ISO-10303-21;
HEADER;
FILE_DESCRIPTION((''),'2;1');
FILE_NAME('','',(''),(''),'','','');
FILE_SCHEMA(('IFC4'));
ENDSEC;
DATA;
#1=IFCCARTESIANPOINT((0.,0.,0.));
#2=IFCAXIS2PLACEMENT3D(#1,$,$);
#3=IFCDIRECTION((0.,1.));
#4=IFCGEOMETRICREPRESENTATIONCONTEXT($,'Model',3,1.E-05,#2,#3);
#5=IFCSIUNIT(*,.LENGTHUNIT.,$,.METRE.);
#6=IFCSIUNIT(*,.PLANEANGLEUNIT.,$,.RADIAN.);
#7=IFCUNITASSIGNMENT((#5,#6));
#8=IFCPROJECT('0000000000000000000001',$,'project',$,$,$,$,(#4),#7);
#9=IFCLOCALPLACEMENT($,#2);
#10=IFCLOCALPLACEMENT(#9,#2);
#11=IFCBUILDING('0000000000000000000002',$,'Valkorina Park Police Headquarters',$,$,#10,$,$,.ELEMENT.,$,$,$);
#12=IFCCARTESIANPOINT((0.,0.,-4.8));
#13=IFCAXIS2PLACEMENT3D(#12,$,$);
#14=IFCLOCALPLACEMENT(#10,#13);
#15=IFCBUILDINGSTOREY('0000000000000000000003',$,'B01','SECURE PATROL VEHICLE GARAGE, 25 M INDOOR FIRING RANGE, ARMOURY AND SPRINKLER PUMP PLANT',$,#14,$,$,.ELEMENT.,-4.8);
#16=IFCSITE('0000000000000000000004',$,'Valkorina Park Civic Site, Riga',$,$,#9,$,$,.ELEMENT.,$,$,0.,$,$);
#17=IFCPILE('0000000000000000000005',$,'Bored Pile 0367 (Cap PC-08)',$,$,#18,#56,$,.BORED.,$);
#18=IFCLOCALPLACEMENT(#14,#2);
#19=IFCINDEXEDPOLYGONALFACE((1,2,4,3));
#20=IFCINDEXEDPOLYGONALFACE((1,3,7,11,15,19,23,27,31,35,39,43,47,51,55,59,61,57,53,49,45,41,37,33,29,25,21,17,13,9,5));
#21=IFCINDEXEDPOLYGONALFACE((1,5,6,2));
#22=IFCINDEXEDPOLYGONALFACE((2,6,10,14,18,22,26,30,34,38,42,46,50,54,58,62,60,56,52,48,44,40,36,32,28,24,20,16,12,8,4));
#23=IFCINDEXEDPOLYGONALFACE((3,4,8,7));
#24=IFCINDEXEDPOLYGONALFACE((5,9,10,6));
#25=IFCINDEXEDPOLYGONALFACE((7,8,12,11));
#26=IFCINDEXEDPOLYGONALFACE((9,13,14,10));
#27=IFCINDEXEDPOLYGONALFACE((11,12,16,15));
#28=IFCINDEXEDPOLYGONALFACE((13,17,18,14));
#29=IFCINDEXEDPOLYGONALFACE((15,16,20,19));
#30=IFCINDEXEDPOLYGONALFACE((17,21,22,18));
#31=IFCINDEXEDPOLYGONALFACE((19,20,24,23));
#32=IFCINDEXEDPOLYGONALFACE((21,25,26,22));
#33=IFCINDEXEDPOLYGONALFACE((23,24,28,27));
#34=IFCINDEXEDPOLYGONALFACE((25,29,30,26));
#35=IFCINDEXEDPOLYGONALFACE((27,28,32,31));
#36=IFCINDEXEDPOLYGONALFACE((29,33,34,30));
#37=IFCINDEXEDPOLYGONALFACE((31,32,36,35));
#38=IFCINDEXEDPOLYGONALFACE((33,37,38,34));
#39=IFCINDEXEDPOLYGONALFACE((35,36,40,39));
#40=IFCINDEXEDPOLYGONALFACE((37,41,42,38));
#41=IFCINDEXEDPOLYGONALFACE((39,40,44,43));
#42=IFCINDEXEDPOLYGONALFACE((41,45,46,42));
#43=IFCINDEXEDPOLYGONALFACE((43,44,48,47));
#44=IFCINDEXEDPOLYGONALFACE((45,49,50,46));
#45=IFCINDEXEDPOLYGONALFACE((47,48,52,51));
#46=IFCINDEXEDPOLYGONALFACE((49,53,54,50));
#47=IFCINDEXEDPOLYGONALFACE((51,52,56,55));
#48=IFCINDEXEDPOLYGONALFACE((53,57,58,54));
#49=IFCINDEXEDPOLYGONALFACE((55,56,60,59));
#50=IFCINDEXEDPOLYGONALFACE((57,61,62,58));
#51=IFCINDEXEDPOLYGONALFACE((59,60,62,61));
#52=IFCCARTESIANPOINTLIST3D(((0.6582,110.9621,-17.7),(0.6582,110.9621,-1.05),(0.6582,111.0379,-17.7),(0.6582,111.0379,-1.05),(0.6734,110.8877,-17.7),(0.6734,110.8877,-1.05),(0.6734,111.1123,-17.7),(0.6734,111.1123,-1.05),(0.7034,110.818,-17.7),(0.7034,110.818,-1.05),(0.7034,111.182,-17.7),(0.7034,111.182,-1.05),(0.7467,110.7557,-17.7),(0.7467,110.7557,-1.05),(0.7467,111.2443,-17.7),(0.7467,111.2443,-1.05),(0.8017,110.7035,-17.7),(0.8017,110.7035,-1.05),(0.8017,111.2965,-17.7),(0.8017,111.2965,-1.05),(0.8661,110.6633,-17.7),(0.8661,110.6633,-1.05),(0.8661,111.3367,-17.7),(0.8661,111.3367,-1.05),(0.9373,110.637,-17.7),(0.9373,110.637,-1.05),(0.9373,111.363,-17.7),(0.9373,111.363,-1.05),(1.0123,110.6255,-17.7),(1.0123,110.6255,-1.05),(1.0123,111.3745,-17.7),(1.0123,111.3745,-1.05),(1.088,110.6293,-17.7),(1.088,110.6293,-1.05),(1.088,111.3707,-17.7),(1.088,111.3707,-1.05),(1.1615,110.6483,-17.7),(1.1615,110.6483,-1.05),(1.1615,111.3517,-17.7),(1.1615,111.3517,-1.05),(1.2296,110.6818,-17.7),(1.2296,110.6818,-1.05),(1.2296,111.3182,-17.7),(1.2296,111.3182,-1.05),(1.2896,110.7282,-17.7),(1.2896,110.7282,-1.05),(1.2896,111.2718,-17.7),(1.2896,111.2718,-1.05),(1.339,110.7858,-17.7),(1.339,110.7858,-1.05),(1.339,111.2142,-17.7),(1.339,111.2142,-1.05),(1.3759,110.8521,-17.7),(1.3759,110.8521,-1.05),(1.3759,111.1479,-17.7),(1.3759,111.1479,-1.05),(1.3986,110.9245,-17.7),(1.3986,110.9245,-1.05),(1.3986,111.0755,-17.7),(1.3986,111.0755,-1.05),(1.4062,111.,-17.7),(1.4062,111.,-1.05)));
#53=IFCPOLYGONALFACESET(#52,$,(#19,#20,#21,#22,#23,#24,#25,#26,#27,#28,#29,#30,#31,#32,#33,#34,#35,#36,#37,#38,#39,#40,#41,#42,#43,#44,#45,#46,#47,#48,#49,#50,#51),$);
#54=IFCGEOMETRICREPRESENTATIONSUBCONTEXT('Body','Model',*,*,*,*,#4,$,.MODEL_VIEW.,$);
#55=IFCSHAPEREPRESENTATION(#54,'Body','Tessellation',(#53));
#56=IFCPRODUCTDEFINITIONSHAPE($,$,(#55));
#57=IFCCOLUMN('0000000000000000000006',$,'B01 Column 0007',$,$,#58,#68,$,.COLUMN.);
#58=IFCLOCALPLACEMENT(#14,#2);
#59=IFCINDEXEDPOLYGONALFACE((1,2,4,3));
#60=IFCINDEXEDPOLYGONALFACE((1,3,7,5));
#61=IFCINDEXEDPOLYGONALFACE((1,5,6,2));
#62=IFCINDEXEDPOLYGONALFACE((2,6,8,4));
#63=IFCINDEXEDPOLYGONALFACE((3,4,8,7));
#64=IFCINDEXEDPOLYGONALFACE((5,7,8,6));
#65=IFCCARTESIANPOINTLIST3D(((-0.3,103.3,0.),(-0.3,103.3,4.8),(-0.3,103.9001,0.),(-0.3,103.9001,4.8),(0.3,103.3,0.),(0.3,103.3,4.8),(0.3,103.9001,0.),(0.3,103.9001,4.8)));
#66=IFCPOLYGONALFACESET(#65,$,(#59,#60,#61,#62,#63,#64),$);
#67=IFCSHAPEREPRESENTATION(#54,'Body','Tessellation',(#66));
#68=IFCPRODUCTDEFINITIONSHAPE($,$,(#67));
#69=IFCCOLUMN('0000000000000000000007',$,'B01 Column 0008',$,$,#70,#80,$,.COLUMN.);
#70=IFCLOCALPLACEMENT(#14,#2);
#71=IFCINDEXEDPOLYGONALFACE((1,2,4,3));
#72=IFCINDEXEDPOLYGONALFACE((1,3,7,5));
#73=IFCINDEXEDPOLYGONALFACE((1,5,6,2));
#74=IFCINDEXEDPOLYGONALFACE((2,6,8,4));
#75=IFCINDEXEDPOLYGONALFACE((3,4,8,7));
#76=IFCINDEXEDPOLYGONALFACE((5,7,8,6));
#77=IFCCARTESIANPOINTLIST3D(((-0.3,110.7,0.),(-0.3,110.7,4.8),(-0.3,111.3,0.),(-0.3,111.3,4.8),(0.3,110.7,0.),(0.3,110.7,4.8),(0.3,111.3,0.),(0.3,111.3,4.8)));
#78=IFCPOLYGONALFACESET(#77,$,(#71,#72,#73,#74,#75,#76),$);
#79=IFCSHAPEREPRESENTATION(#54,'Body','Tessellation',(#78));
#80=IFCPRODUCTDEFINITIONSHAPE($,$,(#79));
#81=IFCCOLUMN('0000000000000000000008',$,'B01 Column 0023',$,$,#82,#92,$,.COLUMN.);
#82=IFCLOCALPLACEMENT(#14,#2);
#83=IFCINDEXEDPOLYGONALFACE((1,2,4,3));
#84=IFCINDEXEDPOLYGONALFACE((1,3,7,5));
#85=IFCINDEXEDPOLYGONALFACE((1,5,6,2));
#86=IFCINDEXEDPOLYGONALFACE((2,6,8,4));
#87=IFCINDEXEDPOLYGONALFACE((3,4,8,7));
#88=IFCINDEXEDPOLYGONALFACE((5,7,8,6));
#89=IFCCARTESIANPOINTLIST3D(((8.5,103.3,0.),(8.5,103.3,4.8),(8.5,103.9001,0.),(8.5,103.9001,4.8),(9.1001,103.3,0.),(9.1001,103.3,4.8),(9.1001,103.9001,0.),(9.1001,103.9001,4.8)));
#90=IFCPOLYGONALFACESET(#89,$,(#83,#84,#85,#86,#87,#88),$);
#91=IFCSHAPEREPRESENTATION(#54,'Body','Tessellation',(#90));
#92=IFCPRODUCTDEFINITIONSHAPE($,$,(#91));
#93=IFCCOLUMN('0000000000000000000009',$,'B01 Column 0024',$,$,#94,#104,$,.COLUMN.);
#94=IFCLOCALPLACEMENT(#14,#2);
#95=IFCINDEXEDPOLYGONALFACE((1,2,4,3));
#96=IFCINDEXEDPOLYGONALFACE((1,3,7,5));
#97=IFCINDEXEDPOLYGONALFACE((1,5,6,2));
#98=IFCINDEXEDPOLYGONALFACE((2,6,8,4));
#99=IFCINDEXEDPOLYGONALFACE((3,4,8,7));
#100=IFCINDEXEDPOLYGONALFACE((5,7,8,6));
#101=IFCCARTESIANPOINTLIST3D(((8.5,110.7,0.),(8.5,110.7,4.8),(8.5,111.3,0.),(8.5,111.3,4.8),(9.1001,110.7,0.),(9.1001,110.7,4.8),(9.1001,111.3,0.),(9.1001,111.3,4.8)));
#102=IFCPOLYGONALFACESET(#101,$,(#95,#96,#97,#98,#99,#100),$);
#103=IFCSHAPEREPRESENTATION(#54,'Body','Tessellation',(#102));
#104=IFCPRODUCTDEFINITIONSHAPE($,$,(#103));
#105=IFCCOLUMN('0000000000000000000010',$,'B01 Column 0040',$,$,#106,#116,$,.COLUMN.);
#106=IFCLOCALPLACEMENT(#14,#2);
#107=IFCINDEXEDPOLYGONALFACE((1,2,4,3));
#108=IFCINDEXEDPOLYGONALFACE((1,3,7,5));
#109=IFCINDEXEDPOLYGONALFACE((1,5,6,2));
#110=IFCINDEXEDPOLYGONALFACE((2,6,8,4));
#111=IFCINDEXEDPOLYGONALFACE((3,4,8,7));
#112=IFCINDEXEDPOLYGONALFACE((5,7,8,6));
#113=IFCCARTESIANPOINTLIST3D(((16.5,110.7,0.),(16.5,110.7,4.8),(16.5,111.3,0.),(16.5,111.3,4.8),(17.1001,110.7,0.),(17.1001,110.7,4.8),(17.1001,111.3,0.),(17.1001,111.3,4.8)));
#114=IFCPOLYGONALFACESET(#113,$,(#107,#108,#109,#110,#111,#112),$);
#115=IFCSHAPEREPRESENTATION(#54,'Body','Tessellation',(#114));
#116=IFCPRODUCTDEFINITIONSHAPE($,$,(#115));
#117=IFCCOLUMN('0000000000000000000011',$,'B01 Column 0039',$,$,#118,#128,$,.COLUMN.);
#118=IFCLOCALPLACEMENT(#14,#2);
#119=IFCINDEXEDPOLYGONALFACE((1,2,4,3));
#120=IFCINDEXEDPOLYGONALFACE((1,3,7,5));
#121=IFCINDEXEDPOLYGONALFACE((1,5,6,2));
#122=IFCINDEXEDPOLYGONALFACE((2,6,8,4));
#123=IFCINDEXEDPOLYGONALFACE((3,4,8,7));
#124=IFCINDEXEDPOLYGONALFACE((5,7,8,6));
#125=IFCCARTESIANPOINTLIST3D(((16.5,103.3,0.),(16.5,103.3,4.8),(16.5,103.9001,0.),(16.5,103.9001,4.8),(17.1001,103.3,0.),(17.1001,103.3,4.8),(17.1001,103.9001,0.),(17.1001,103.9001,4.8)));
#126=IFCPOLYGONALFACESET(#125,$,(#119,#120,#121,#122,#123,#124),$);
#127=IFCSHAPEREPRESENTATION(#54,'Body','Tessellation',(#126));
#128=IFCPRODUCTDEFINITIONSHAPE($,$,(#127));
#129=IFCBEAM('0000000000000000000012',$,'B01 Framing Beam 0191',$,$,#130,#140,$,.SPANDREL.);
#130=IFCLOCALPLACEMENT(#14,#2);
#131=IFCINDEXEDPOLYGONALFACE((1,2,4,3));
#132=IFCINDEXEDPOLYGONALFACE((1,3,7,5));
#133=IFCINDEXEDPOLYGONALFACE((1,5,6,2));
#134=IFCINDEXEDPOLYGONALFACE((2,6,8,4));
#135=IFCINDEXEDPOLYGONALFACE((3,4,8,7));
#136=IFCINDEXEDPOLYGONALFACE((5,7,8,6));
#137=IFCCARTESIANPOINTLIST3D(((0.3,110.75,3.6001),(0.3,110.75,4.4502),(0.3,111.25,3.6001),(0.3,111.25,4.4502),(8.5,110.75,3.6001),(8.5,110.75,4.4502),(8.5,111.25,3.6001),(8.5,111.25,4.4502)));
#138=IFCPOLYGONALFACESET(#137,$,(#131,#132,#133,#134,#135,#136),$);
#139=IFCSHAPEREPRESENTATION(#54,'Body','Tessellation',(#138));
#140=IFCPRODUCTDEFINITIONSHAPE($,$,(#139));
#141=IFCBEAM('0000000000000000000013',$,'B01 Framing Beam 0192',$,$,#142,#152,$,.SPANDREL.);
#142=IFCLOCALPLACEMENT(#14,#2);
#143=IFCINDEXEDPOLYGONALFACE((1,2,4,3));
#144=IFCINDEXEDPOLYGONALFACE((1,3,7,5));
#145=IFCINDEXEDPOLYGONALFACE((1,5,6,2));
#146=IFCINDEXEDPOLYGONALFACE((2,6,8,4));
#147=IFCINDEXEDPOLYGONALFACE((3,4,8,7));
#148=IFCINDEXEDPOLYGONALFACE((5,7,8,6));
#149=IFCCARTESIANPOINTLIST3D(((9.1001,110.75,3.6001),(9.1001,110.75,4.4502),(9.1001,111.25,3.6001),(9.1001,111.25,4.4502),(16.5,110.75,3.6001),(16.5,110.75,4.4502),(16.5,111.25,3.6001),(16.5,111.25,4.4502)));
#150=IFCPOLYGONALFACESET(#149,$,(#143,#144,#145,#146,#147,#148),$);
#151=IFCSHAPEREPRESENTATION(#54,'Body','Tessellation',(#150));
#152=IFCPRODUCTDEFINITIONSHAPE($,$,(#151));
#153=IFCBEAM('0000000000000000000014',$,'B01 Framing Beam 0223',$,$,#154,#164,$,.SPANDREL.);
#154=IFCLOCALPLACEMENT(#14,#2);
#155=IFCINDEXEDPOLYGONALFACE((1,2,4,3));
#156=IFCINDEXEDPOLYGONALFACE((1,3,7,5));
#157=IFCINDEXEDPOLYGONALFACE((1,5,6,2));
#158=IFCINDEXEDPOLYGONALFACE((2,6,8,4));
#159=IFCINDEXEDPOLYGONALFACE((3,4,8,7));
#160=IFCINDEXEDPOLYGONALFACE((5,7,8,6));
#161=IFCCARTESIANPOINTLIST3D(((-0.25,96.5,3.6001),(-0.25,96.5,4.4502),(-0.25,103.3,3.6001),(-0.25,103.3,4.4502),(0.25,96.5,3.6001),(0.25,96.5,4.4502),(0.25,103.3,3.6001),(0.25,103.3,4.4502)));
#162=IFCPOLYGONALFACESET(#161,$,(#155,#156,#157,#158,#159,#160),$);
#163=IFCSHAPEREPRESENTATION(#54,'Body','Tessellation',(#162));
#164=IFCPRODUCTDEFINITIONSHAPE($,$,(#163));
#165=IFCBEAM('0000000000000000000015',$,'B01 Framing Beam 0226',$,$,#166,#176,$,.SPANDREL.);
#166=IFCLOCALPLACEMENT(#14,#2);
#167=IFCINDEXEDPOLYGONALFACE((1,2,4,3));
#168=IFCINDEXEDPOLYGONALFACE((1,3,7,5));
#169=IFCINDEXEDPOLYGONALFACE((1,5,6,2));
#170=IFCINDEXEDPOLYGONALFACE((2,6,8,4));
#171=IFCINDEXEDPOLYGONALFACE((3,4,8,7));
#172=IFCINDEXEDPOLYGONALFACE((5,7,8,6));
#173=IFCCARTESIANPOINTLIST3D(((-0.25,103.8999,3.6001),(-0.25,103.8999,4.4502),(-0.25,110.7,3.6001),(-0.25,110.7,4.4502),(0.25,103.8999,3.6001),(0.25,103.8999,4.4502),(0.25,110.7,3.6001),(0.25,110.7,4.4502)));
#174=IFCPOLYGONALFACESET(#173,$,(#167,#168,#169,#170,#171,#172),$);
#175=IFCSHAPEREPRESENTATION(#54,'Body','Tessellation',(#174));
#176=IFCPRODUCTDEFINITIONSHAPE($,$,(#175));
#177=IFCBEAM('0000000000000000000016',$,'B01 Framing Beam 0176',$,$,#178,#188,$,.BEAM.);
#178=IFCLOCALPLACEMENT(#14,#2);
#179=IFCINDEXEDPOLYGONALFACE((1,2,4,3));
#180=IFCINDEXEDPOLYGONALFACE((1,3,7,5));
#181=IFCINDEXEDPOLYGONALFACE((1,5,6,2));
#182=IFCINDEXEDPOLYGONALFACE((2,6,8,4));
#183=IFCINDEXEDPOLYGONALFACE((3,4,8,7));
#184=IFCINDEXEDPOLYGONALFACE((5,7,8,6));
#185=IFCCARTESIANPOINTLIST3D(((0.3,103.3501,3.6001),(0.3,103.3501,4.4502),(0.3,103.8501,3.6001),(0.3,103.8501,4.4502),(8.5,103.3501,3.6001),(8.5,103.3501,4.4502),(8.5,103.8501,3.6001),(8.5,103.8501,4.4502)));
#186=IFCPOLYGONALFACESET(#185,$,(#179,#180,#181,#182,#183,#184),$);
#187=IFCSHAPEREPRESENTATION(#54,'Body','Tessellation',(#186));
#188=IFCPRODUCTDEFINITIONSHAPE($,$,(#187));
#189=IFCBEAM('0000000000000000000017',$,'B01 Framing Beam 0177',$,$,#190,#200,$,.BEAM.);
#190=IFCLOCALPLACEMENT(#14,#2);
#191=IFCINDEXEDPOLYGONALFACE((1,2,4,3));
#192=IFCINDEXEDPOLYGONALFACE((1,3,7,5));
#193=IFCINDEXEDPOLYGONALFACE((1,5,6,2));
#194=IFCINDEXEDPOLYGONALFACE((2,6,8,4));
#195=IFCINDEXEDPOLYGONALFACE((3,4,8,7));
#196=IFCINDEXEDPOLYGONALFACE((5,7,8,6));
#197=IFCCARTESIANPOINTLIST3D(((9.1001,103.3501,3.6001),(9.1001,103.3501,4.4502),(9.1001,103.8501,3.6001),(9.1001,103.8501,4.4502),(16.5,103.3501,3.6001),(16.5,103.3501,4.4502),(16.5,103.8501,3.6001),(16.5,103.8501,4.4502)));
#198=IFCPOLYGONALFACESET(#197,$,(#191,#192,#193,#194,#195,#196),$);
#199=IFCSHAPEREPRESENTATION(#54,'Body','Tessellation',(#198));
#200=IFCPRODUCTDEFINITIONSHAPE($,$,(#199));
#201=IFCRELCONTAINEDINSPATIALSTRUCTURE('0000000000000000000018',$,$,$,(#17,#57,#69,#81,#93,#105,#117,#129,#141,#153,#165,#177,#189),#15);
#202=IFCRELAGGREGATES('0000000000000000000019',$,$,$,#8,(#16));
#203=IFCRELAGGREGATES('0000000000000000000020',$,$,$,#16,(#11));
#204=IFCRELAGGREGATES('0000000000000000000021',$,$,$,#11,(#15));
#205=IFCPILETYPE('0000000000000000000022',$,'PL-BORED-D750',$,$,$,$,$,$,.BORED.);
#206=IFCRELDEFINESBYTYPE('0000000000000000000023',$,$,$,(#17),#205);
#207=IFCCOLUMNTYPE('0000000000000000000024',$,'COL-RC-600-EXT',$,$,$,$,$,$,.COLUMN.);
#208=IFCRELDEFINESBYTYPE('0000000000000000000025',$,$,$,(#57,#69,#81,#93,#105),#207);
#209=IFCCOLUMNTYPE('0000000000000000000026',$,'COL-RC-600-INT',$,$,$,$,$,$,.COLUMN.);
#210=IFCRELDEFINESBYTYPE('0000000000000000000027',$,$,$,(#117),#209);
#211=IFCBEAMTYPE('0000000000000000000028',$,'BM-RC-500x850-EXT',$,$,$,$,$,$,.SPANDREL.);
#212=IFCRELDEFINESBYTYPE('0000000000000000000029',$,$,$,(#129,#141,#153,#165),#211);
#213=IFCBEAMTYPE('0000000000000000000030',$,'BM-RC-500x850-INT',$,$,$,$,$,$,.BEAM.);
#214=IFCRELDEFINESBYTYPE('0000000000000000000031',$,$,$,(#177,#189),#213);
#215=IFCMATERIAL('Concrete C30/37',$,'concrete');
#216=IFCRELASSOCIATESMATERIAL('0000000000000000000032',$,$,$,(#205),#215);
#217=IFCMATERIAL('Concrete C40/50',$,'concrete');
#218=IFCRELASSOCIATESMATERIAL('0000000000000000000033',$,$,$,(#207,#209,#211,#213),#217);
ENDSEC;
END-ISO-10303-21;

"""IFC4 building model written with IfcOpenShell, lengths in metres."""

from ifc_helpers import new_model, si_unit, direction, frame, origin, origin_2d, place, context, subcontext, project, spatial, rectangle, circle, extrude, material, material_profile, profile_set, type_object, element, save


model = new_model("IFC4")

# Units and contexts
model_context = context("Model", 3, precision=1e-05, world=origin(), true_north=direction((0.0, 1.0)))
body_context = subcontext(model_context, "Body", "Model", "MODEL_VIEW")
ifc_project = project(units=[si_unit("LENGTHUNIT", "METRE"), si_unit("PLANEANGLEUNIT", "RADIAN")], contexts=[model_context])

# Site, building, storey
site_placement = place(None, origin())
site = spatial("IfcSite", under=ifc_project, at=site_placement, Name="Valkorina Park Civic Site, Riga", CompositionType="ELEMENT", RefElevation=0.0)
building_placement = place(site_placement, origin())
building = spatial("IfcBuilding", under=site, at=building_placement, Name="Valkorina Park Police Headquarters", CompositionType="ELEMENT")
storey_placement = place(building_placement, frame((0.0, 0.0, -4.8)))
storey = spatial("IfcBuildingStorey", under=building, at=storey_placement, Name="B01", Description="SECURE PATROL VEHICLE GARAGE, 25 M INDOOR FIRING RANGE, ARMOURY AND SPRINKLER PUMP PLANT", CompositionType="ELEMENT", Elevation=-4.8)

# Shared definitions
ifc_material_1 = material(Name="Concrete C40/50", Category="concrete")

# Pile
ifc_material_2 = material(Name="Concrete C30/37", Category="concrete")
ifc_material_profile_1 = material_profile(ifc_material_2, circle(Radius=0.375, at=origin_2d()), Name="BORED PILE D750")
ifc_profile_set_1 = profile_set([ifc_material_profile_1], Name="Concrete C30/37")
pile_type = type_object("IfcPileType", Name="PL-BORED-D750", PredefinedType="BORED", material=ifc_profile_set_1)
for number, where, z_axis, x_axis, name in (
    (1, (1.0312, 111.0, -1.05), (0.0, 0.0, -1.0), (1.0, 0.0, 0.0), "Bored Pile 0367 (Cap PC-08)"),
):
    element("IfcPile", number, at=place(storey_placement, frame(where, z_axis=z_axis, x_axis=x_axis)), inside=storey, type_object=pile_type, Name=name, PredefinedType="BORED", context=body_context, shape_type="SweptSolid", body=[
        extrude(circle(Radius=0.375, at=origin_2d()), origin(), (0.0, 0.0, 1.0), 16.6499),
    ])

# Columns
ifc_material_profile_2 = material_profile(ifc_material_1, rectangle(XDim=0.6001, YDim=0.6001, at=origin_2d()), Name="RC COL 600x600")
ifc_profile_set_2 = profile_set([ifc_material_profile_2], Name="Concrete C40/50")
column_type_1 = type_object("IfcColumnType", Name="COL-RC-600-EXT", PredefinedType="COLUMN", material=ifc_profile_set_2)
for number, where, z_axis, x_axis, name in (
    (2, (0.0, 103.6001, 0.0), (0.0, 0.0, 1.0), (1.0, 0.0, 0.0), "B01 Column 0007"),
    (3, (0.0, 111.0, 0.0), (0.0, 0.0, 1.0), (1.0, 0.0, 0.0), "B01 Column 0008"),
    (4, (8.8, 103.6001, 0.0), (0.0, 0.0, 1.0), (1.0, 0.0, 0.0), "B01 Column 0023"),
    (5, (8.8, 111.0, 0.0), (0.0, 0.0, 1.0), (1.0, 0.0, 0.0), "B01 Column 0024"),
    (6, (16.8, 111.0, 0.0), (0.0, 0.0, 1.0), (1.0, 0.0, 0.0), "B01 Column 0040"),
):
    element("IfcColumn", number, at=place(storey_placement, frame(where, z_axis=z_axis, x_axis=x_axis)), inside=storey, type_object=column_type_1, Name=name, PredefinedType="COLUMN", context=body_context, shape_type="SweptSolid", body=[
        extrude(rectangle(XDim=0.6001, YDim=0.6001, at=origin_2d()), origin(), (0.0, 0.0, 1.0), 4.8),
    ])
ifc_material_profile_3 = material_profile(ifc_material_1, rectangle(XDim=0.6001, YDim=0.6001, at=origin_2d()), Name="RC COL 600x600")
ifc_profile_set_3 = profile_set([ifc_material_profile_3], Name="Concrete C40/50")
column_type_2 = type_object("IfcColumnType", Name="COL-RC-600-INT", PredefinedType="COLUMN", material=ifc_profile_set_3)
column_placement = place(storey_placement, frame((16.8, 103.6001, 0.0), z_axis=(0.0, 0.0, 1.0), x_axis=(1.0, 0.0, 0.0)))
element("IfcColumn", 7, at=column_placement, inside=storey, type_object=column_type_2, Name="B01 Column 0039", PredefinedType="COLUMN", context=body_context, shape_type="SweptSolid", body=[
    extrude(rectangle(XDim=0.6001, YDim=0.6001, at=origin_2d()), origin(), (0.0, 0.0, 1.0), 4.8),
])

# Beams
ifc_material_profile_4 = material_profile(ifc_material_1, rectangle(XDim=0.5, YDim=0.8501, at=origin_2d()), Name="RC BEAM 500x850")
ifc_profile_set_4 = profile_set([ifc_material_profile_4], Name="Concrete C40/50")
beam_type_1 = type_object("IfcBeamType", Name="BM-RC-500x850-EXT", PredefinedType="SPANDREL", material=ifc_profile_set_4)
beam_1_placement = place(storey_placement, frame((0.3, 111.0, 4.0251), z_axis=(1.0, 0.0, 0.0), x_axis=(0.0, 1.0, 0.0)))
element("IfcBeam", 8, at=beam_1_placement, inside=storey, type_object=beam_type_1, Name="B01 Framing Beam 0191", PredefinedType="SPANDREL", context=body_context, shape_type="SweptSolid", body=[
    extrude(rectangle(XDim=0.5, YDim=0.8501, at=origin_2d()), origin(), (0.0, 0.0, 1.0), 8.2),
])
beam_2_placement = place(storey_placement, frame((9.1001, 111.0, 4.0251), z_axis=(1.0, 0.0, 0.0), x_axis=(0.0, 1.0, 0.0)))
element("IfcBeam", 9, at=beam_2_placement, inside=storey, type_object=beam_type_1, Name="B01 Framing Beam 0192", PredefinedType="SPANDREL", context=body_context, shape_type="SweptSolid", body=[
    extrude(rectangle(XDim=0.5, YDim=0.8501, at=origin_2d()), origin(), (0.0, 0.0, 1.0), 7.3999),
])
for number, where, z_axis, x_axis, name in (
    (10, (0.0, 96.5, 4.0251), (0.0, 1.0, 0.0), (-1.0, 0.0, 0.0), "B01 Framing Beam 0223"),
    (11, (0.0, 103.8999, 4.0251), (0.0, 1.0, 0.0), (-1.0, 0.0, 0.0), "B01 Framing Beam 0226"),
):
    element("IfcBeam", number, at=place(storey_placement, frame(where, z_axis=z_axis, x_axis=x_axis)), inside=storey, type_object=beam_type_1, Name=name, PredefinedType="SPANDREL", context=body_context, shape_type="SweptSolid", body=[
        extrude(rectangle(XDim=0.5, YDim=0.8501, at=origin_2d()), origin(), (0.0, 0.0, 1.0), 6.8),
    ])
ifc_material_profile_5 = material_profile(ifc_material_1, rectangle(XDim=0.5, YDim=0.8501, at=origin_2d()), Name="RC BEAM 500x850")
ifc_profile_set_5 = profile_set([ifc_material_profile_5], Name="Concrete C40/50")
beam_type_2 = type_object("IfcBeamType", Name="BM-RC-500x850-INT", PredefinedType="BEAM", material=ifc_profile_set_5)
beam_3_placement = place(storey_placement, frame((0.3, 103.6001, 4.0251), z_axis=(1.0, 0.0, 0.0), x_axis=(0.0, 1.0, 0.0)))
element("IfcBeam", 12, at=beam_3_placement, inside=storey, type_object=beam_type_2, Name="B01 Framing Beam 0176", PredefinedType="BEAM", context=body_context, shape_type="SweptSolid", body=[
    extrude(rectangle(XDim=0.5, YDim=0.8501, at=origin_2d()), origin(), (0.0, 0.0, 1.0), 8.2),
])
beam_4_placement = place(storey_placement, frame((9.1001, 103.6001, 4.0251), z_axis=(1.0, 0.0, 0.0), x_axis=(0.0, 1.0, 0.0)))
element("IfcBeam", 13, at=beam_4_placement, inside=storey, type_object=beam_type_2, Name="B01 Framing Beam 0177", PredefinedType="BEAM", context=body_context, shape_type="SweptSolid", body=[
    extrude(rectangle(XDim=0.5, YDim=0.8501, at=origin_2d()), origin(), (0.0, 0.0, 1.0), 7.3999),
])

save(model, "model.ifc")
